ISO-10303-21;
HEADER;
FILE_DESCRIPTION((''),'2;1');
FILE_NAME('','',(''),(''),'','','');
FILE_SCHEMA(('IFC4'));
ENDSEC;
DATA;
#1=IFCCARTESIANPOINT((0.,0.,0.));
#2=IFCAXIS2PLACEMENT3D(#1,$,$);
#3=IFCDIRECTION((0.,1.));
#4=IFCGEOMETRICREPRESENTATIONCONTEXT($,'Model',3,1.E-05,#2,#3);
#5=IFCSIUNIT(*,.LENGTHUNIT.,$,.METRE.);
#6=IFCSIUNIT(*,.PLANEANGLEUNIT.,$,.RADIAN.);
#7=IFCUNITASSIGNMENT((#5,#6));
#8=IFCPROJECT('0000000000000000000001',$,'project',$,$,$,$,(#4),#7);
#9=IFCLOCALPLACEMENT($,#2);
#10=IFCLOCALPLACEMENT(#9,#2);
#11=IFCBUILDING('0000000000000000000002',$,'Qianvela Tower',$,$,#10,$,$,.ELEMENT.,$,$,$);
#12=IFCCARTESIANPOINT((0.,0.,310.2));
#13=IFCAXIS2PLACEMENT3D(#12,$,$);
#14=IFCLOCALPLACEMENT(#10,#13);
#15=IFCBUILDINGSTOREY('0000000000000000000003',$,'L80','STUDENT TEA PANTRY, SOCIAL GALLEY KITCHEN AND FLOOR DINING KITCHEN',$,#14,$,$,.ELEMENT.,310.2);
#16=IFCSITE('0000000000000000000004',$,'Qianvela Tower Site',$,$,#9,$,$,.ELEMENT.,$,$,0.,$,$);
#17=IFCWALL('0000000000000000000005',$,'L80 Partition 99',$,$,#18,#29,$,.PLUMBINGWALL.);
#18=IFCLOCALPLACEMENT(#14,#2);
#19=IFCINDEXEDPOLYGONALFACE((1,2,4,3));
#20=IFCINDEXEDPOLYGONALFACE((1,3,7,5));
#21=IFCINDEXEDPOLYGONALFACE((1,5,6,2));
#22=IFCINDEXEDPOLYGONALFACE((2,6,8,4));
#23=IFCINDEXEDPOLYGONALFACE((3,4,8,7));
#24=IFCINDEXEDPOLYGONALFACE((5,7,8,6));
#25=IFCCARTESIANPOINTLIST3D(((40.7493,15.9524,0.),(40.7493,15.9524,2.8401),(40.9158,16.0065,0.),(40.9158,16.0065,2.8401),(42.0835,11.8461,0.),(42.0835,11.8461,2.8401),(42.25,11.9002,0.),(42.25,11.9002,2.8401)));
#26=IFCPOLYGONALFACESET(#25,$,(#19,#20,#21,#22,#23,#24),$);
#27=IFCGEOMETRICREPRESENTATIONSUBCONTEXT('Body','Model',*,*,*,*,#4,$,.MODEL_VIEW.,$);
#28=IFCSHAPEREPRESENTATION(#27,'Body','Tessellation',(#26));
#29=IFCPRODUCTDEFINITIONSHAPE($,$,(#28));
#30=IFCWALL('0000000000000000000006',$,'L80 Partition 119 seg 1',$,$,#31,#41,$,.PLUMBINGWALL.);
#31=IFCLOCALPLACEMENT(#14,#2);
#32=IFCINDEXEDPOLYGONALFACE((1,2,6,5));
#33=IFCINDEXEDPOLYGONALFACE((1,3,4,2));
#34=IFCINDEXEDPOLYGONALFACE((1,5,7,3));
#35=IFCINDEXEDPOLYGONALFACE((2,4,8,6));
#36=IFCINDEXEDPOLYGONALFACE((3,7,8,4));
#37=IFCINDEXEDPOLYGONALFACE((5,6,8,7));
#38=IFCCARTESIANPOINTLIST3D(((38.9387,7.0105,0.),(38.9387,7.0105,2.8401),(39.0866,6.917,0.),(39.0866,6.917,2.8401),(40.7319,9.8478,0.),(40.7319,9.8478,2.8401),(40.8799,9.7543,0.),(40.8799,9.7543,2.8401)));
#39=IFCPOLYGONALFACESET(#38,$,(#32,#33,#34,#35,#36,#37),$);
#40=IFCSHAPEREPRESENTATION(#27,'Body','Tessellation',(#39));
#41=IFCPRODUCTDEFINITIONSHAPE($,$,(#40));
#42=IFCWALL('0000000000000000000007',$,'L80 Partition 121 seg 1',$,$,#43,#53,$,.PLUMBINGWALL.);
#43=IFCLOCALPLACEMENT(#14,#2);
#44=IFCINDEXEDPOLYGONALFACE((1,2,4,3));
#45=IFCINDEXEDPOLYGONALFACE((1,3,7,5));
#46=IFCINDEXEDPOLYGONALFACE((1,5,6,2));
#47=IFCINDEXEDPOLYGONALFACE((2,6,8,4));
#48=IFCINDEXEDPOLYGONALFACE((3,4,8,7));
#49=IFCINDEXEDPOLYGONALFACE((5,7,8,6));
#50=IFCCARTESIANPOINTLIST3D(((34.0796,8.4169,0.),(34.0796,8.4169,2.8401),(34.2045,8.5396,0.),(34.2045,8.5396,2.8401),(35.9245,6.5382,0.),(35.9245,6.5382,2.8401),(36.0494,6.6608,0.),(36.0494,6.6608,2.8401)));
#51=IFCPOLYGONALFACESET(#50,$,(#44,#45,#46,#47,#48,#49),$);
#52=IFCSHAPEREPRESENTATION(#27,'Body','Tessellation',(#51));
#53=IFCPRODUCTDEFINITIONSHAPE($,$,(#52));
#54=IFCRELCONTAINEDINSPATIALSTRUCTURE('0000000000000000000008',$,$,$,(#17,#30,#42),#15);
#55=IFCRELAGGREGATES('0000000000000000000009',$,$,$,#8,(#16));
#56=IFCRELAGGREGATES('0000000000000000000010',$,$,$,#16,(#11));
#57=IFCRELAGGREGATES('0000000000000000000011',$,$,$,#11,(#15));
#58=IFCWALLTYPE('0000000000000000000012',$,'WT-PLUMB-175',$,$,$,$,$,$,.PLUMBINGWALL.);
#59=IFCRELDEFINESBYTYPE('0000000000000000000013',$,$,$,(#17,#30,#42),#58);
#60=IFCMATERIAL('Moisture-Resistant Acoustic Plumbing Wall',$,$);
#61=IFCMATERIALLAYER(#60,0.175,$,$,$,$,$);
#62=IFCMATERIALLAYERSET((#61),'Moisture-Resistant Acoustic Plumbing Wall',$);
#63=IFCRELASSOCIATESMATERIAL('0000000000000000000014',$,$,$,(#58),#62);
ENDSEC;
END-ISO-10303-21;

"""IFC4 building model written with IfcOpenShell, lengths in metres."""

from ifc_helpers import new_model, si_unit, direction, frame, frame_2d, origin, place, context, subcontext, project, spatial, rectangle, extrude, material, layer, layer_set, type_object, element, save


model = new_model("IFC4")

# Units and contexts
model_context = context("Model", 3, precision=1e-05, world=origin(), true_north=direction((0.0, 1.0)))
body_context = subcontext(model_context, "Body", "Model", "MODEL_VIEW")
ifc_project = project(units=[si_unit("LENGTHUNIT", "METRE"), si_unit("PLANEANGLEUNIT", "RADIAN")], contexts=[model_context])

# Site, building, storey
site_placement = place(None, origin())
site = spatial("IfcSite", under=ifc_project, at=site_placement, Name="Qianvela Tower Site", CompositionType="ELEMENT", RefElevation=0.0)
building_placement = place(site_placement, origin())
building = spatial("IfcBuilding", under=site, at=building_placement, Name="Qianvela Tower", CompositionType="ELEMENT")
storey_placement = place(building_placement, frame((0.0, 0.0, 310.2)))
storey = spatial("IfcBuildingStorey", under=building, at=storey_placement, Name="L80", Description="STUDENT TEA PANTRY, SOCIAL GALLEY KITCHEN AND FLOOR DINING KITCHEN", CompositionType="ELEMENT", Elevation=310.2)

# Walls
ifc_material_1 = material(Name="Moisture-Resistant Acoustic Plumbing Wall")
ifc_layer_1 = layer(ifc_material_1, 0.175)
ifc_layer_set_1 = layer_set([ifc_layer_1], Name="Moisture-Resistant Acoustic Plumbing Wall")
wall_type_1 = type_object("IfcWallType", Name="WT-PLUMB-175", PredefinedType="PLUMBINGWALL", material=ifc_layer_set_1)
wall_1_placement = place(storey_placement, frame((42.1667, 11.8733, 0.0), z_axis=(0.0, 0.0, 1.0), x_axis=(-0.309026, 0.951054, 0.0)))
element("IfcWall", 1, at=wall_1_placement, inside=storey, type_object=wall_type_1, Name="L80 Partition 99", PredefinedType="PLUMBINGWALL", context=body_context, shape_type="SweptSolid", body=[
    extrude(rectangle(XDim=4.3176, YDim=0.175, at=frame_2d((2.1587, 0.0))), origin(), (0.0, 0.0, 1.0), 2.8401),
])
wall_2_placement = place(storey_placement, frame((40.8059, 9.801, 0.0), z_axis=(0.0, 0.0, 1.0), x_axis=(-0.534275, -0.845311, 0.0)))
element("IfcWall", 2, at=wall_2_placement, inside=storey, type_object=wall_type_1, Name="L80 Partition 119 seg 1", PredefinedType="PLUMBINGWALL", context=body_context, shape_type="SweptSolid", body=[
    extrude(rectangle(XDim=3.3564, YDim=0.175, at=frame_2d((1.6782, 0.0))), origin(), (0.0, 0.0, 1.0), 2.8401),
])
wall_3_placement = place(storey_placement, frame((35.9868, 6.5996, 0.0), z_axis=(0.0, 0.0, 1.0), x_axis=(-0.700633, 0.713522, 0.0)))
element("IfcWall", 3, at=wall_3_placement, inside=storey, type_object=wall_type_1, Name="L80 Partition 121 seg 1", PredefinedType="PLUMBINGWALL", context=body_context, shape_type="SweptSolid", body=[
    extrude(rectangle(XDim=2.6331, YDim=0.175, at=frame_2d((1.3164, 0.0))), origin(), (0.0, 0.0, 1.0), 2.8401),
])

save(model, "model.ifc")
